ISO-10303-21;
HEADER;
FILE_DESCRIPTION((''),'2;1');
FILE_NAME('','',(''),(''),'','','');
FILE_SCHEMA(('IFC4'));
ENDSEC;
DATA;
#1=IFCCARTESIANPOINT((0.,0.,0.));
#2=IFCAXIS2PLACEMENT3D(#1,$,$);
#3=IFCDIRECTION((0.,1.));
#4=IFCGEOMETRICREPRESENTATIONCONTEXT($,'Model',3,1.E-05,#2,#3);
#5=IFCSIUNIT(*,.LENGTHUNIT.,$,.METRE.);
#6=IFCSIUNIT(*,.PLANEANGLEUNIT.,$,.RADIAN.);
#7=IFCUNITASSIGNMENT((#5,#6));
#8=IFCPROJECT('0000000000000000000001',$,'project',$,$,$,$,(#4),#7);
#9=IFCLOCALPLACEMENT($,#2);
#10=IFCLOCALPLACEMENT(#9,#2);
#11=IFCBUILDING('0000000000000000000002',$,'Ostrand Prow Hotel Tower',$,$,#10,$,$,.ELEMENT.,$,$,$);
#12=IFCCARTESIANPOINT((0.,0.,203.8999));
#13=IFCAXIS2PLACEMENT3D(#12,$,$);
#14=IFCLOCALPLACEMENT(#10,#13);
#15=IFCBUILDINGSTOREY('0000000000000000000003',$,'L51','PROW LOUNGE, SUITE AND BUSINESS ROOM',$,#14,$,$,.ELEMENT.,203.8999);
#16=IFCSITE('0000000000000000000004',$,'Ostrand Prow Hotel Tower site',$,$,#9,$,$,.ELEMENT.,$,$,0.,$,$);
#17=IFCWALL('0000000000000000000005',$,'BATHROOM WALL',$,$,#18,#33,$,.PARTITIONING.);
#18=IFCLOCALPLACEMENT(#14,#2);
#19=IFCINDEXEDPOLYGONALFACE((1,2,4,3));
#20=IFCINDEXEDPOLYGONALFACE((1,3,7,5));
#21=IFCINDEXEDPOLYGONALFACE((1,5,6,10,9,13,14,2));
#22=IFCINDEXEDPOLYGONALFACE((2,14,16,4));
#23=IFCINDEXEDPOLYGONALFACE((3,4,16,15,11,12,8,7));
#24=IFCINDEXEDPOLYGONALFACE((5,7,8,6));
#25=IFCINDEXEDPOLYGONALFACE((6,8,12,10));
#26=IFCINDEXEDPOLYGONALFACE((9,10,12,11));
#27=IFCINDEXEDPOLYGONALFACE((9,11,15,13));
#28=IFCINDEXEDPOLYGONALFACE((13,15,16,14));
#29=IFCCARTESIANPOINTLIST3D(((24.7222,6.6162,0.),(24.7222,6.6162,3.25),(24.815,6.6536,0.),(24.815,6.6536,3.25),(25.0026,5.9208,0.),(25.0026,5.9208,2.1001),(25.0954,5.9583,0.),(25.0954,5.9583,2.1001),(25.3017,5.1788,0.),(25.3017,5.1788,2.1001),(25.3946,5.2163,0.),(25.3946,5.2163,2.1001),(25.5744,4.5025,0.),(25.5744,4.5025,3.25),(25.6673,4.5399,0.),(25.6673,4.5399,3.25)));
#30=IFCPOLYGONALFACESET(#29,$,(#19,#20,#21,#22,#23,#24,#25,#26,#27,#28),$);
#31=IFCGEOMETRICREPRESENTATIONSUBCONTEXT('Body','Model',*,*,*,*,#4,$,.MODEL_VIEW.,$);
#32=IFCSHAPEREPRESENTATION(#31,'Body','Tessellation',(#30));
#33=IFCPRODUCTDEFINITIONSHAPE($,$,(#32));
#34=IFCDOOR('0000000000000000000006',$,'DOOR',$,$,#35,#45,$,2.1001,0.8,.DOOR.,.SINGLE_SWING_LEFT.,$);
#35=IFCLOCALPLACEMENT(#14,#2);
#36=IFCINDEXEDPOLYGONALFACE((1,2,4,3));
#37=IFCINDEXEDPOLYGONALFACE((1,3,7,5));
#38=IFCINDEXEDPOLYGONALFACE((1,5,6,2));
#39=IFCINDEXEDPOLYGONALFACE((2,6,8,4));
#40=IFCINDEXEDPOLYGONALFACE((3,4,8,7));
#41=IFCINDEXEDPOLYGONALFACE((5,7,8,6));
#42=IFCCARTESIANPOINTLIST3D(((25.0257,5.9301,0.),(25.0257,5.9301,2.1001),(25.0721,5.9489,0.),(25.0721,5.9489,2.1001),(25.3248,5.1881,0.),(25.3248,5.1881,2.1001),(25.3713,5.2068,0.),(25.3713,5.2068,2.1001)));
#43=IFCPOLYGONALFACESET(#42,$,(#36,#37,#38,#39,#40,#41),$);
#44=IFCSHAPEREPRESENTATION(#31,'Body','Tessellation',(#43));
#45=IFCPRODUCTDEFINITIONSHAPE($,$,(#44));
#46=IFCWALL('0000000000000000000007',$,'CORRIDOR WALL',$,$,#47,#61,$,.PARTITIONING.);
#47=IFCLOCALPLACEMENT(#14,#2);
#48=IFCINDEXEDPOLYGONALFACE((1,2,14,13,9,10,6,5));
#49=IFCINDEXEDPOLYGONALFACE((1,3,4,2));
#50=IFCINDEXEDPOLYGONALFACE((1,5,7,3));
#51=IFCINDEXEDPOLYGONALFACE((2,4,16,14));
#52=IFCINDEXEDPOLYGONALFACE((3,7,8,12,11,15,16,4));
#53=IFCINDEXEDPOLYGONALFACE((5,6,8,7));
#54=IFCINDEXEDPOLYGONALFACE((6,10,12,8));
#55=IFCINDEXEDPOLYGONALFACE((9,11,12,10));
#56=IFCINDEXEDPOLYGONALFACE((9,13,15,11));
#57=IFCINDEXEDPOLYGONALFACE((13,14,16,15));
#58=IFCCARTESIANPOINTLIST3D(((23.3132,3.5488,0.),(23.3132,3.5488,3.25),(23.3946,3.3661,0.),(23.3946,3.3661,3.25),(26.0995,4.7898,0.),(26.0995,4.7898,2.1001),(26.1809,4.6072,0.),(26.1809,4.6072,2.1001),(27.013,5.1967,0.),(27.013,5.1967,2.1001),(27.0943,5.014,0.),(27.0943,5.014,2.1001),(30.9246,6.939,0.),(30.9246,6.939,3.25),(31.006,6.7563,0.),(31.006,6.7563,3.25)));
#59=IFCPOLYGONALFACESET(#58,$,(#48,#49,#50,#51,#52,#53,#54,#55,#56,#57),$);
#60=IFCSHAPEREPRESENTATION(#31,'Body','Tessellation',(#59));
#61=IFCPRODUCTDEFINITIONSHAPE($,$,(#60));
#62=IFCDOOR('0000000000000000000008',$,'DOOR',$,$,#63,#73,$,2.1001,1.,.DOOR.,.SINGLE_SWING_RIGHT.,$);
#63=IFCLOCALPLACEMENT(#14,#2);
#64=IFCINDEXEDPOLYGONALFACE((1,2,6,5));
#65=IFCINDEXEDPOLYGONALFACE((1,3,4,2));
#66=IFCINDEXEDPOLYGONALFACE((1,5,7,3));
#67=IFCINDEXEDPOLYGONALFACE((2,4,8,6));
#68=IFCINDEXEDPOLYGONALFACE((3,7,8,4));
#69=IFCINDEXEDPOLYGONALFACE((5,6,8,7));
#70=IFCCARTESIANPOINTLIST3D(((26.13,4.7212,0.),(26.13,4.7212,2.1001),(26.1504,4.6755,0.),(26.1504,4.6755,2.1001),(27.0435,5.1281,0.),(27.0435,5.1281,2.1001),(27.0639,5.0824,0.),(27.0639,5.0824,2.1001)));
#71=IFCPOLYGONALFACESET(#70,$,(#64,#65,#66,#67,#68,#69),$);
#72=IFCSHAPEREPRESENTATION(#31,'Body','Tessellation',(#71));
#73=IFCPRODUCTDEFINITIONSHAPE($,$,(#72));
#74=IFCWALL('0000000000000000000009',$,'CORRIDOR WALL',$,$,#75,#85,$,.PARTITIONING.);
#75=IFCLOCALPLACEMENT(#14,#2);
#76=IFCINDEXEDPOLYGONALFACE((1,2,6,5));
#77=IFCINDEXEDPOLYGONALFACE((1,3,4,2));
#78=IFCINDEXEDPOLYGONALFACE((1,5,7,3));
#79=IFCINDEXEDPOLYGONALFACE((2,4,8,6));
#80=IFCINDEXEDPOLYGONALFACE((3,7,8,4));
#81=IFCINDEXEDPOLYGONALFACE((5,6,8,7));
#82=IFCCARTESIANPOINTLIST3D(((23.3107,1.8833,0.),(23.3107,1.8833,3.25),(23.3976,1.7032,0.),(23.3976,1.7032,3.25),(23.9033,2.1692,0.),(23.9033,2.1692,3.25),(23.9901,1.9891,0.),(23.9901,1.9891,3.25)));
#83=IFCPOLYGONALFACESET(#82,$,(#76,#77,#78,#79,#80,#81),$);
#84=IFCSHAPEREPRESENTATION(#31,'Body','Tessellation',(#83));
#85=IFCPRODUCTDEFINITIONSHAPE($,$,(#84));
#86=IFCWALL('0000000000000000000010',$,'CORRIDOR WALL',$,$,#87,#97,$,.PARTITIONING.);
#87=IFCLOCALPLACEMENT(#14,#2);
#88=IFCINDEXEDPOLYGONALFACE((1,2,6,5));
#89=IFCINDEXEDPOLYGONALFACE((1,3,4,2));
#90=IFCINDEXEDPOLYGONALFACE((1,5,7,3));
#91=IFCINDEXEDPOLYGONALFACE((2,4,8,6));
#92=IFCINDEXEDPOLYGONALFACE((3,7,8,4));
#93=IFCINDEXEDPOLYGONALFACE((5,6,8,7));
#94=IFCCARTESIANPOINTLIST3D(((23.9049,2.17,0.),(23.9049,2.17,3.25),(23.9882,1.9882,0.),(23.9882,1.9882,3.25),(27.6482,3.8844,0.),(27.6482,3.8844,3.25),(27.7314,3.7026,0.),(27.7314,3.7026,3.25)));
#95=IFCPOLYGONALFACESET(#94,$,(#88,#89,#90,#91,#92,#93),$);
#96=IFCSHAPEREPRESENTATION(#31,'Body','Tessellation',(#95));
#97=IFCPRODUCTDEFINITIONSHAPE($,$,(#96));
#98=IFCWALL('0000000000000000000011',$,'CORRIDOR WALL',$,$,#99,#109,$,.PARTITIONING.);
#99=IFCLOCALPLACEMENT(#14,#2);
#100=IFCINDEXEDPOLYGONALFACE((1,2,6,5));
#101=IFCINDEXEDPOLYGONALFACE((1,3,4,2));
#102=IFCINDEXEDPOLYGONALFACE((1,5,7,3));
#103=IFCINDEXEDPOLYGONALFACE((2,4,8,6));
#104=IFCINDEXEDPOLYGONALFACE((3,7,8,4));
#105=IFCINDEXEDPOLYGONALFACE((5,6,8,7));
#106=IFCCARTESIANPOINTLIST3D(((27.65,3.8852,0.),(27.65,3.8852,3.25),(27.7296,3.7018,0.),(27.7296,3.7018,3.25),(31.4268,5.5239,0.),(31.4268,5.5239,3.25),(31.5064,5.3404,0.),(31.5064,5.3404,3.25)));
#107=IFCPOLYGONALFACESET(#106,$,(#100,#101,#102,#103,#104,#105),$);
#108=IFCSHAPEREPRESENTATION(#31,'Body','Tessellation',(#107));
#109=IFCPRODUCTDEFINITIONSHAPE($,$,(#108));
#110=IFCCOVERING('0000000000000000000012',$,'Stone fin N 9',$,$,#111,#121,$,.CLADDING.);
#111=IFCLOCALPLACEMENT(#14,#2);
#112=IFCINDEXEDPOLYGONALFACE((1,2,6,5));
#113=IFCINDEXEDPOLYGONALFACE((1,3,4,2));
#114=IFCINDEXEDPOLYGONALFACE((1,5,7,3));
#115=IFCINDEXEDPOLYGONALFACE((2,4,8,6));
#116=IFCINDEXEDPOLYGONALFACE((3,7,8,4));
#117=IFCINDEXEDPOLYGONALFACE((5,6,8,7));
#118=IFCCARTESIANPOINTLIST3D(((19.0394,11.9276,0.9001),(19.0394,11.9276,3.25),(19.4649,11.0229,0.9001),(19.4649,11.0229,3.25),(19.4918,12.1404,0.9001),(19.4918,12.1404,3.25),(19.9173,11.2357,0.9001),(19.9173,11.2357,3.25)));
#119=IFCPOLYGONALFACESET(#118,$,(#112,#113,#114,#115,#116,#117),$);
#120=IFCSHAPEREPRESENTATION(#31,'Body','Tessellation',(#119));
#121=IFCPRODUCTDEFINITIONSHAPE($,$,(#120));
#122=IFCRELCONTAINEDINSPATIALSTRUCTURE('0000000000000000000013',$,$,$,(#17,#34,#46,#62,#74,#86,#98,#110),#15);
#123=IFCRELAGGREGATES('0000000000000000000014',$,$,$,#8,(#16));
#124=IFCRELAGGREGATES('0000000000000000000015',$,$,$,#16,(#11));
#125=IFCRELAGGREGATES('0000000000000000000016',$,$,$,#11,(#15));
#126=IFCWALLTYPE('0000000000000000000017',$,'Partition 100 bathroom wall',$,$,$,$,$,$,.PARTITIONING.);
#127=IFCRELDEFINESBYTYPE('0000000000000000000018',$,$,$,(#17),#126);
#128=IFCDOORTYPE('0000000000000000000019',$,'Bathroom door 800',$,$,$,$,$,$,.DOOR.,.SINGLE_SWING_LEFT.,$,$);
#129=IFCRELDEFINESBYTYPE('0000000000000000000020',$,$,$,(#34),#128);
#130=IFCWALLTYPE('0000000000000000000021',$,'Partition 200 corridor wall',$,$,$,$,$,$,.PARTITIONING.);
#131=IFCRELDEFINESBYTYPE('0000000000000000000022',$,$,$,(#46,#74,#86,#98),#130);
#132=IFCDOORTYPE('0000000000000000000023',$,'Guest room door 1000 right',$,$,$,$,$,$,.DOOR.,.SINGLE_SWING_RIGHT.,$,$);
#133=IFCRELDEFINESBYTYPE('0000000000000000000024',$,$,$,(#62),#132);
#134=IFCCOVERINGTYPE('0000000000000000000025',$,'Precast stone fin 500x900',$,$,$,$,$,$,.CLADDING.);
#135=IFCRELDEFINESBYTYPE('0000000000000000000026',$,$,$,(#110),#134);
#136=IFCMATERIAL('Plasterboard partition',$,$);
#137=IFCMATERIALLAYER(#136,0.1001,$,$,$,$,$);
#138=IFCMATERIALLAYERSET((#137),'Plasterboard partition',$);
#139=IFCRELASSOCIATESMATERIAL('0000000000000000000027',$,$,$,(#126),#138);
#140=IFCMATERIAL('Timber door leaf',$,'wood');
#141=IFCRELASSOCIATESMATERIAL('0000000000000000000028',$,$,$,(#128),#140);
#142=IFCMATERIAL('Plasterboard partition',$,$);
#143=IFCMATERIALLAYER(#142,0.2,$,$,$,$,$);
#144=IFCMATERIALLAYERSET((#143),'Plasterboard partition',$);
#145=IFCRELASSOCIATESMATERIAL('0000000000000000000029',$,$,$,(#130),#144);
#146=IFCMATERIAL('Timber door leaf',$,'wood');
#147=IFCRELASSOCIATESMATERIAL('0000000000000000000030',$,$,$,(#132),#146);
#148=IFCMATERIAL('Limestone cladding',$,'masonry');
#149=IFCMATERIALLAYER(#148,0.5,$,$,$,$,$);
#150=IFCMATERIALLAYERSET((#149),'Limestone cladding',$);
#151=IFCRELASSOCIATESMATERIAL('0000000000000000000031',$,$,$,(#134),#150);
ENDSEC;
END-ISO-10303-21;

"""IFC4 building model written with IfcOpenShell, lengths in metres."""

from ifc_helpers import new_model, si_unit, direction, frame, frame_2d, origin, place, context, subcontext, project, spatial, rectangle, extrude, material, layer, layer_set, type_object, element, fill, save


model = new_model("IFC4")

# Units and contexts
model_context = context("Model", 3, precision=1e-05, world=origin(), true_north=direction((0.0, 1.0)))
body_context = subcontext(model_context, "Body", "Model", "MODEL_VIEW")
ifc_project = project(units=[si_unit("LENGTHUNIT", "METRE"), si_unit("PLANEANGLEUNIT", "RADIAN")], contexts=[model_context])

# Site, building, storey
site_placement = place(None, origin())
site = spatial("IfcSite", under=ifc_project, at=site_placement, Name="Ostrand Prow Hotel Tower site", CompositionType="ELEMENT", RefElevation=0.0)
building_placement = place(site_placement, origin())
building = spatial("IfcBuilding", under=site, at=building_placement, Name="Ostrand Prow Hotel Tower", CompositionType="ELEMENT")
storey_placement = place(building_placement, frame((0.0, 0.0, 203.8999)))
storey = spatial("IfcBuildingStorey", under=building, at=storey_placement, Name="L51", Description="PROW LOUNGE, SUITE AND BUSINESS ROOM", CompositionType="ELEMENT", Elevation=203.8999)

# Shared definitions
ifc_material_1 = material(Name="Plasterboard partition")
ifc_layer_1 = layer(ifc_material_1, 0.1001)
ifc_layer_set_1 = layer_set([ifc_layer_1], Name="Plasterboard partition")
wall_type_1 = type_object("IfcWallType", Name="Partition 100 bathroom wall", PredefinedType="PARTITIONING", material=ifc_layer_set_1)

# Walls, openings, doors
wall_1_placement = place(storey_placement, frame((24.7686, 6.635, 0.0), z_axis=(0.0, 0.0, 1.0), x_axis=(0.373956, -0.927446, 0.0)))
wall_1 = element("IfcWall", 1, at=wall_1_placement, inside=storey, type_object=wall_type_1, Name="BATHROOM WALL", PredefinedType="PARTITIONING", context=body_context, shape_type="SweptSolid", body=[
    extrude(rectangle(XDim=2.2791, YDim=0.1001, at=frame_2d((1.1396, 0.0))), origin(), (0.0, 0.0, 1.0), 3.25),
])
opening_1_placement = place(wall_1_placement, frame((0.75, 0.0, 0.0)))
opening_1 = element("IfcOpeningElement", 2, at=opening_1_placement, cuts=wall_1, PredefinedType="OPENING", context=body_context, shape_type="SweptSolid", body=[
    extrude(rectangle(XDim=0.8, YDim=2.1001, at=frame_2d((0.3999, 1.05))), frame((0.0, 0.0601, 0.0), z_axis=(0.0, -1.0, 0.0), x_axis=(1.0, 0.0, 0.0)), (0.0, 0.0, 1.0), 0.1201),
])
ifc_material_2 = material(Name="Timber door leaf", Category="wood")
door_type_1 = type_object("IfcDoorType", Name="Bathroom door 800", OperationType="SINGLE_SWING_LEFT", PredefinedType="DOOR", material=ifc_material_2)
door_1_placement = place(opening_1_placement, origin())
door_1 = element("IfcDoor", 3, at=door_1_placement, inside=storey, type_object=door_type_1, Name="DOOR", OperationType="SINGLE_SWING_LEFT", OverallHeight=2.1001, OverallWidth=0.8, PredefinedType="DOOR", context=body_context, shape_type="SweptSolid", body=[
    extrude(rectangle(XDim=0.8, YDim=2.1001, at=frame_2d((0.3999, 1.05))), frame((0.0, 0.0249, 0.0), z_axis=(0.0, -1.0, 0.0), x_axis=(1.0, 0.0, 0.0)), (0.0, 0.0, 1.0), 0.05),
])
fill(opening_1, door_1)
ifc_material_3 = material(Name="Plasterboard partition")
ifc_layer_2 = layer(ifc_material_3, 0.2)
ifc_layer_set_2 = layer_set([ifc_layer_2], Name="Plasterboard partition")
wall_type_2 = type_object("IfcWallType", Name="Partition 200 corridor wall", PredefinedType="PARTITIONING", material=ifc_layer_set_2)
wall_2_placement = place(storey_placement, frame((23.354, 3.4575, 0.0), z_axis=(0.0, 0.0, 1.0), x_axis=(0.913485, 0.406872, 0.0)))
wall_2 = element("IfcWall", 4, at=wall_2_placement, inside=storey, type_object=wall_type_2, Name="CORRIDOR WALL", PredefinedType="PARTITIONING", context=body_context, shape_type="SweptSolid", body=[
    extrude(rectangle(XDim=8.3323, YDim=0.2, at=frame_2d((4.166, 0.0))), origin(), (0.0, 0.0, 1.0), 3.25),
])
opening_2_placement = place(wall_2_placement, frame((3.05, 0.0, 0.0)))
opening_2 = element("IfcOpeningElement", 5, at=opening_2_placement, cuts=wall_2, PredefinedType="OPENING", context=body_context, shape_type="SweptSolid", body=[
    extrude(rectangle(XDim=1.0, YDim=2.1001, at=frame_2d((0.5, 1.05))), frame((0.0, 0.1099, 0.0), z_axis=(0.0, -1.0, 0.0), x_axis=(1.0, 0.0, 0.0)), (0.0, 0.0, 1.0), 0.22),
])
ifc_material_4 = material(Name="Timber door leaf", Category="wood")
door_type_2 = type_object("IfcDoorType", Name="Guest room door 1000 right", OperationType="SINGLE_SWING_RIGHT", PredefinedType="DOOR", material=ifc_material_4)
door_2_placement = place(opening_2_placement, origin())
door_2 = element("IfcDoor", 6, at=door_2_placement, inside=storey, type_object=door_type_2, Name="DOOR", OperationType="SINGLE_SWING_RIGHT", OverallHeight=2.1001, OverallWidth=1.0, PredefinedType="DOOR", context=body_context, shape_type="SweptSolid", body=[
    extrude(rectangle(XDim=1.0, YDim=2.1001, at=frame_2d((0.5, 1.05))), frame((0.0, 0.0249, 0.0), z_axis=(0.0, -1.0, 0.0), x_axis=(1.0, 0.0, 0.0)), (0.0, 0.0, 1.0), 0.05),
])
fill(opening_2, door_2)

# Walls
wall_3_placement = place(storey_placement, frame((23.354, 1.7932, 0.0), z_axis=(0.0, 0.0, 1.0), x_axis=(0.900647, 0.434552, 0.0)))
element("IfcWall", 7, at=wall_3_placement, inside=storey, type_object=wall_type_2, Name="CORRIDOR WALL", PredefinedType="PARTITIONING", context=body_context, shape_type="SweptSolid", body=[
    extrude(rectangle(XDim=0.658, YDim=0.2, at=frame_2d((0.3291, 0.0))), origin(), (0.0, 0.0, 1.0), 3.25),
])
wall_4_placement = place(storey_placement, frame((23.9465, 2.0791, 0.0), z_axis=(0.0, 0.0, 1.0), x_axis=(0.909181, 0.416402, 0.0)))
element("IfcWall", 8, at=wall_4_placement, inside=storey, type_object=wall_type_2, Name="CORRIDOR WALL", PredefinedType="PARTITIONING", context=body_context, shape_type="SweptSolid", body=[
    extrude(rectangle(XDim=4.1172, YDim=0.2, at=frame_2d((2.0586, 0.0))), origin(), (0.0, 0.0, 1.0), 3.25),
])
wall_5_placement = place(storey_placement, frame((27.6897, 3.7935, 0.0), z_axis=(0.0, 0.0, 1.0), x_axis=(0.917375, 0.398023, 0.0)))
element("IfcWall", 9, at=wall_5_placement, inside=storey, type_object=wall_type_2, Name="CORRIDOR WALL", PredefinedType="PARTITIONING", context=body_context, shape_type="SweptSolid", body=[
    extrude(rectangle(XDim=4.1169, YDim=0.2, at=frame_2d((2.0586, 0.0))), origin(), (0.0, 0.0, 1.0), 3.25),
])

# Covering
ifc_material_5 = material(Name="Limestone cladding", Category="masonry")
ifc_layer_3 = layer(ifc_material_5, 0.5)
ifc_layer_set_3 = layer_set([ifc_layer_3], Name="Limestone cladding")
covering_type = type_object("IfcCoveringType", Name="Precast stone fin 500x900", PredefinedType="CLADDING", material=ifc_layer_set_3)
covering_placement = place(storey_placement, frame((19.6912, 11.1292, 0.9001), z_axis=(0.0, 0.0, 1.0), x_axis=(-0.425597, 0.904913, 0.0)))
element("IfcCovering", 10, at=covering_placement, inside=storey, type_object=covering_type, Name="Stone fin N 9", PredefinedType="CLADDING", context=body_context, shape_type="SweptSolid", body=[
    extrude(rectangle(XDim=0.9998, YDim=0.5, at=frame_2d((0.5, 0.0))), origin(), (0.0, 0.0, 1.0), 2.3499),
])

save(model, "model.ifc")
